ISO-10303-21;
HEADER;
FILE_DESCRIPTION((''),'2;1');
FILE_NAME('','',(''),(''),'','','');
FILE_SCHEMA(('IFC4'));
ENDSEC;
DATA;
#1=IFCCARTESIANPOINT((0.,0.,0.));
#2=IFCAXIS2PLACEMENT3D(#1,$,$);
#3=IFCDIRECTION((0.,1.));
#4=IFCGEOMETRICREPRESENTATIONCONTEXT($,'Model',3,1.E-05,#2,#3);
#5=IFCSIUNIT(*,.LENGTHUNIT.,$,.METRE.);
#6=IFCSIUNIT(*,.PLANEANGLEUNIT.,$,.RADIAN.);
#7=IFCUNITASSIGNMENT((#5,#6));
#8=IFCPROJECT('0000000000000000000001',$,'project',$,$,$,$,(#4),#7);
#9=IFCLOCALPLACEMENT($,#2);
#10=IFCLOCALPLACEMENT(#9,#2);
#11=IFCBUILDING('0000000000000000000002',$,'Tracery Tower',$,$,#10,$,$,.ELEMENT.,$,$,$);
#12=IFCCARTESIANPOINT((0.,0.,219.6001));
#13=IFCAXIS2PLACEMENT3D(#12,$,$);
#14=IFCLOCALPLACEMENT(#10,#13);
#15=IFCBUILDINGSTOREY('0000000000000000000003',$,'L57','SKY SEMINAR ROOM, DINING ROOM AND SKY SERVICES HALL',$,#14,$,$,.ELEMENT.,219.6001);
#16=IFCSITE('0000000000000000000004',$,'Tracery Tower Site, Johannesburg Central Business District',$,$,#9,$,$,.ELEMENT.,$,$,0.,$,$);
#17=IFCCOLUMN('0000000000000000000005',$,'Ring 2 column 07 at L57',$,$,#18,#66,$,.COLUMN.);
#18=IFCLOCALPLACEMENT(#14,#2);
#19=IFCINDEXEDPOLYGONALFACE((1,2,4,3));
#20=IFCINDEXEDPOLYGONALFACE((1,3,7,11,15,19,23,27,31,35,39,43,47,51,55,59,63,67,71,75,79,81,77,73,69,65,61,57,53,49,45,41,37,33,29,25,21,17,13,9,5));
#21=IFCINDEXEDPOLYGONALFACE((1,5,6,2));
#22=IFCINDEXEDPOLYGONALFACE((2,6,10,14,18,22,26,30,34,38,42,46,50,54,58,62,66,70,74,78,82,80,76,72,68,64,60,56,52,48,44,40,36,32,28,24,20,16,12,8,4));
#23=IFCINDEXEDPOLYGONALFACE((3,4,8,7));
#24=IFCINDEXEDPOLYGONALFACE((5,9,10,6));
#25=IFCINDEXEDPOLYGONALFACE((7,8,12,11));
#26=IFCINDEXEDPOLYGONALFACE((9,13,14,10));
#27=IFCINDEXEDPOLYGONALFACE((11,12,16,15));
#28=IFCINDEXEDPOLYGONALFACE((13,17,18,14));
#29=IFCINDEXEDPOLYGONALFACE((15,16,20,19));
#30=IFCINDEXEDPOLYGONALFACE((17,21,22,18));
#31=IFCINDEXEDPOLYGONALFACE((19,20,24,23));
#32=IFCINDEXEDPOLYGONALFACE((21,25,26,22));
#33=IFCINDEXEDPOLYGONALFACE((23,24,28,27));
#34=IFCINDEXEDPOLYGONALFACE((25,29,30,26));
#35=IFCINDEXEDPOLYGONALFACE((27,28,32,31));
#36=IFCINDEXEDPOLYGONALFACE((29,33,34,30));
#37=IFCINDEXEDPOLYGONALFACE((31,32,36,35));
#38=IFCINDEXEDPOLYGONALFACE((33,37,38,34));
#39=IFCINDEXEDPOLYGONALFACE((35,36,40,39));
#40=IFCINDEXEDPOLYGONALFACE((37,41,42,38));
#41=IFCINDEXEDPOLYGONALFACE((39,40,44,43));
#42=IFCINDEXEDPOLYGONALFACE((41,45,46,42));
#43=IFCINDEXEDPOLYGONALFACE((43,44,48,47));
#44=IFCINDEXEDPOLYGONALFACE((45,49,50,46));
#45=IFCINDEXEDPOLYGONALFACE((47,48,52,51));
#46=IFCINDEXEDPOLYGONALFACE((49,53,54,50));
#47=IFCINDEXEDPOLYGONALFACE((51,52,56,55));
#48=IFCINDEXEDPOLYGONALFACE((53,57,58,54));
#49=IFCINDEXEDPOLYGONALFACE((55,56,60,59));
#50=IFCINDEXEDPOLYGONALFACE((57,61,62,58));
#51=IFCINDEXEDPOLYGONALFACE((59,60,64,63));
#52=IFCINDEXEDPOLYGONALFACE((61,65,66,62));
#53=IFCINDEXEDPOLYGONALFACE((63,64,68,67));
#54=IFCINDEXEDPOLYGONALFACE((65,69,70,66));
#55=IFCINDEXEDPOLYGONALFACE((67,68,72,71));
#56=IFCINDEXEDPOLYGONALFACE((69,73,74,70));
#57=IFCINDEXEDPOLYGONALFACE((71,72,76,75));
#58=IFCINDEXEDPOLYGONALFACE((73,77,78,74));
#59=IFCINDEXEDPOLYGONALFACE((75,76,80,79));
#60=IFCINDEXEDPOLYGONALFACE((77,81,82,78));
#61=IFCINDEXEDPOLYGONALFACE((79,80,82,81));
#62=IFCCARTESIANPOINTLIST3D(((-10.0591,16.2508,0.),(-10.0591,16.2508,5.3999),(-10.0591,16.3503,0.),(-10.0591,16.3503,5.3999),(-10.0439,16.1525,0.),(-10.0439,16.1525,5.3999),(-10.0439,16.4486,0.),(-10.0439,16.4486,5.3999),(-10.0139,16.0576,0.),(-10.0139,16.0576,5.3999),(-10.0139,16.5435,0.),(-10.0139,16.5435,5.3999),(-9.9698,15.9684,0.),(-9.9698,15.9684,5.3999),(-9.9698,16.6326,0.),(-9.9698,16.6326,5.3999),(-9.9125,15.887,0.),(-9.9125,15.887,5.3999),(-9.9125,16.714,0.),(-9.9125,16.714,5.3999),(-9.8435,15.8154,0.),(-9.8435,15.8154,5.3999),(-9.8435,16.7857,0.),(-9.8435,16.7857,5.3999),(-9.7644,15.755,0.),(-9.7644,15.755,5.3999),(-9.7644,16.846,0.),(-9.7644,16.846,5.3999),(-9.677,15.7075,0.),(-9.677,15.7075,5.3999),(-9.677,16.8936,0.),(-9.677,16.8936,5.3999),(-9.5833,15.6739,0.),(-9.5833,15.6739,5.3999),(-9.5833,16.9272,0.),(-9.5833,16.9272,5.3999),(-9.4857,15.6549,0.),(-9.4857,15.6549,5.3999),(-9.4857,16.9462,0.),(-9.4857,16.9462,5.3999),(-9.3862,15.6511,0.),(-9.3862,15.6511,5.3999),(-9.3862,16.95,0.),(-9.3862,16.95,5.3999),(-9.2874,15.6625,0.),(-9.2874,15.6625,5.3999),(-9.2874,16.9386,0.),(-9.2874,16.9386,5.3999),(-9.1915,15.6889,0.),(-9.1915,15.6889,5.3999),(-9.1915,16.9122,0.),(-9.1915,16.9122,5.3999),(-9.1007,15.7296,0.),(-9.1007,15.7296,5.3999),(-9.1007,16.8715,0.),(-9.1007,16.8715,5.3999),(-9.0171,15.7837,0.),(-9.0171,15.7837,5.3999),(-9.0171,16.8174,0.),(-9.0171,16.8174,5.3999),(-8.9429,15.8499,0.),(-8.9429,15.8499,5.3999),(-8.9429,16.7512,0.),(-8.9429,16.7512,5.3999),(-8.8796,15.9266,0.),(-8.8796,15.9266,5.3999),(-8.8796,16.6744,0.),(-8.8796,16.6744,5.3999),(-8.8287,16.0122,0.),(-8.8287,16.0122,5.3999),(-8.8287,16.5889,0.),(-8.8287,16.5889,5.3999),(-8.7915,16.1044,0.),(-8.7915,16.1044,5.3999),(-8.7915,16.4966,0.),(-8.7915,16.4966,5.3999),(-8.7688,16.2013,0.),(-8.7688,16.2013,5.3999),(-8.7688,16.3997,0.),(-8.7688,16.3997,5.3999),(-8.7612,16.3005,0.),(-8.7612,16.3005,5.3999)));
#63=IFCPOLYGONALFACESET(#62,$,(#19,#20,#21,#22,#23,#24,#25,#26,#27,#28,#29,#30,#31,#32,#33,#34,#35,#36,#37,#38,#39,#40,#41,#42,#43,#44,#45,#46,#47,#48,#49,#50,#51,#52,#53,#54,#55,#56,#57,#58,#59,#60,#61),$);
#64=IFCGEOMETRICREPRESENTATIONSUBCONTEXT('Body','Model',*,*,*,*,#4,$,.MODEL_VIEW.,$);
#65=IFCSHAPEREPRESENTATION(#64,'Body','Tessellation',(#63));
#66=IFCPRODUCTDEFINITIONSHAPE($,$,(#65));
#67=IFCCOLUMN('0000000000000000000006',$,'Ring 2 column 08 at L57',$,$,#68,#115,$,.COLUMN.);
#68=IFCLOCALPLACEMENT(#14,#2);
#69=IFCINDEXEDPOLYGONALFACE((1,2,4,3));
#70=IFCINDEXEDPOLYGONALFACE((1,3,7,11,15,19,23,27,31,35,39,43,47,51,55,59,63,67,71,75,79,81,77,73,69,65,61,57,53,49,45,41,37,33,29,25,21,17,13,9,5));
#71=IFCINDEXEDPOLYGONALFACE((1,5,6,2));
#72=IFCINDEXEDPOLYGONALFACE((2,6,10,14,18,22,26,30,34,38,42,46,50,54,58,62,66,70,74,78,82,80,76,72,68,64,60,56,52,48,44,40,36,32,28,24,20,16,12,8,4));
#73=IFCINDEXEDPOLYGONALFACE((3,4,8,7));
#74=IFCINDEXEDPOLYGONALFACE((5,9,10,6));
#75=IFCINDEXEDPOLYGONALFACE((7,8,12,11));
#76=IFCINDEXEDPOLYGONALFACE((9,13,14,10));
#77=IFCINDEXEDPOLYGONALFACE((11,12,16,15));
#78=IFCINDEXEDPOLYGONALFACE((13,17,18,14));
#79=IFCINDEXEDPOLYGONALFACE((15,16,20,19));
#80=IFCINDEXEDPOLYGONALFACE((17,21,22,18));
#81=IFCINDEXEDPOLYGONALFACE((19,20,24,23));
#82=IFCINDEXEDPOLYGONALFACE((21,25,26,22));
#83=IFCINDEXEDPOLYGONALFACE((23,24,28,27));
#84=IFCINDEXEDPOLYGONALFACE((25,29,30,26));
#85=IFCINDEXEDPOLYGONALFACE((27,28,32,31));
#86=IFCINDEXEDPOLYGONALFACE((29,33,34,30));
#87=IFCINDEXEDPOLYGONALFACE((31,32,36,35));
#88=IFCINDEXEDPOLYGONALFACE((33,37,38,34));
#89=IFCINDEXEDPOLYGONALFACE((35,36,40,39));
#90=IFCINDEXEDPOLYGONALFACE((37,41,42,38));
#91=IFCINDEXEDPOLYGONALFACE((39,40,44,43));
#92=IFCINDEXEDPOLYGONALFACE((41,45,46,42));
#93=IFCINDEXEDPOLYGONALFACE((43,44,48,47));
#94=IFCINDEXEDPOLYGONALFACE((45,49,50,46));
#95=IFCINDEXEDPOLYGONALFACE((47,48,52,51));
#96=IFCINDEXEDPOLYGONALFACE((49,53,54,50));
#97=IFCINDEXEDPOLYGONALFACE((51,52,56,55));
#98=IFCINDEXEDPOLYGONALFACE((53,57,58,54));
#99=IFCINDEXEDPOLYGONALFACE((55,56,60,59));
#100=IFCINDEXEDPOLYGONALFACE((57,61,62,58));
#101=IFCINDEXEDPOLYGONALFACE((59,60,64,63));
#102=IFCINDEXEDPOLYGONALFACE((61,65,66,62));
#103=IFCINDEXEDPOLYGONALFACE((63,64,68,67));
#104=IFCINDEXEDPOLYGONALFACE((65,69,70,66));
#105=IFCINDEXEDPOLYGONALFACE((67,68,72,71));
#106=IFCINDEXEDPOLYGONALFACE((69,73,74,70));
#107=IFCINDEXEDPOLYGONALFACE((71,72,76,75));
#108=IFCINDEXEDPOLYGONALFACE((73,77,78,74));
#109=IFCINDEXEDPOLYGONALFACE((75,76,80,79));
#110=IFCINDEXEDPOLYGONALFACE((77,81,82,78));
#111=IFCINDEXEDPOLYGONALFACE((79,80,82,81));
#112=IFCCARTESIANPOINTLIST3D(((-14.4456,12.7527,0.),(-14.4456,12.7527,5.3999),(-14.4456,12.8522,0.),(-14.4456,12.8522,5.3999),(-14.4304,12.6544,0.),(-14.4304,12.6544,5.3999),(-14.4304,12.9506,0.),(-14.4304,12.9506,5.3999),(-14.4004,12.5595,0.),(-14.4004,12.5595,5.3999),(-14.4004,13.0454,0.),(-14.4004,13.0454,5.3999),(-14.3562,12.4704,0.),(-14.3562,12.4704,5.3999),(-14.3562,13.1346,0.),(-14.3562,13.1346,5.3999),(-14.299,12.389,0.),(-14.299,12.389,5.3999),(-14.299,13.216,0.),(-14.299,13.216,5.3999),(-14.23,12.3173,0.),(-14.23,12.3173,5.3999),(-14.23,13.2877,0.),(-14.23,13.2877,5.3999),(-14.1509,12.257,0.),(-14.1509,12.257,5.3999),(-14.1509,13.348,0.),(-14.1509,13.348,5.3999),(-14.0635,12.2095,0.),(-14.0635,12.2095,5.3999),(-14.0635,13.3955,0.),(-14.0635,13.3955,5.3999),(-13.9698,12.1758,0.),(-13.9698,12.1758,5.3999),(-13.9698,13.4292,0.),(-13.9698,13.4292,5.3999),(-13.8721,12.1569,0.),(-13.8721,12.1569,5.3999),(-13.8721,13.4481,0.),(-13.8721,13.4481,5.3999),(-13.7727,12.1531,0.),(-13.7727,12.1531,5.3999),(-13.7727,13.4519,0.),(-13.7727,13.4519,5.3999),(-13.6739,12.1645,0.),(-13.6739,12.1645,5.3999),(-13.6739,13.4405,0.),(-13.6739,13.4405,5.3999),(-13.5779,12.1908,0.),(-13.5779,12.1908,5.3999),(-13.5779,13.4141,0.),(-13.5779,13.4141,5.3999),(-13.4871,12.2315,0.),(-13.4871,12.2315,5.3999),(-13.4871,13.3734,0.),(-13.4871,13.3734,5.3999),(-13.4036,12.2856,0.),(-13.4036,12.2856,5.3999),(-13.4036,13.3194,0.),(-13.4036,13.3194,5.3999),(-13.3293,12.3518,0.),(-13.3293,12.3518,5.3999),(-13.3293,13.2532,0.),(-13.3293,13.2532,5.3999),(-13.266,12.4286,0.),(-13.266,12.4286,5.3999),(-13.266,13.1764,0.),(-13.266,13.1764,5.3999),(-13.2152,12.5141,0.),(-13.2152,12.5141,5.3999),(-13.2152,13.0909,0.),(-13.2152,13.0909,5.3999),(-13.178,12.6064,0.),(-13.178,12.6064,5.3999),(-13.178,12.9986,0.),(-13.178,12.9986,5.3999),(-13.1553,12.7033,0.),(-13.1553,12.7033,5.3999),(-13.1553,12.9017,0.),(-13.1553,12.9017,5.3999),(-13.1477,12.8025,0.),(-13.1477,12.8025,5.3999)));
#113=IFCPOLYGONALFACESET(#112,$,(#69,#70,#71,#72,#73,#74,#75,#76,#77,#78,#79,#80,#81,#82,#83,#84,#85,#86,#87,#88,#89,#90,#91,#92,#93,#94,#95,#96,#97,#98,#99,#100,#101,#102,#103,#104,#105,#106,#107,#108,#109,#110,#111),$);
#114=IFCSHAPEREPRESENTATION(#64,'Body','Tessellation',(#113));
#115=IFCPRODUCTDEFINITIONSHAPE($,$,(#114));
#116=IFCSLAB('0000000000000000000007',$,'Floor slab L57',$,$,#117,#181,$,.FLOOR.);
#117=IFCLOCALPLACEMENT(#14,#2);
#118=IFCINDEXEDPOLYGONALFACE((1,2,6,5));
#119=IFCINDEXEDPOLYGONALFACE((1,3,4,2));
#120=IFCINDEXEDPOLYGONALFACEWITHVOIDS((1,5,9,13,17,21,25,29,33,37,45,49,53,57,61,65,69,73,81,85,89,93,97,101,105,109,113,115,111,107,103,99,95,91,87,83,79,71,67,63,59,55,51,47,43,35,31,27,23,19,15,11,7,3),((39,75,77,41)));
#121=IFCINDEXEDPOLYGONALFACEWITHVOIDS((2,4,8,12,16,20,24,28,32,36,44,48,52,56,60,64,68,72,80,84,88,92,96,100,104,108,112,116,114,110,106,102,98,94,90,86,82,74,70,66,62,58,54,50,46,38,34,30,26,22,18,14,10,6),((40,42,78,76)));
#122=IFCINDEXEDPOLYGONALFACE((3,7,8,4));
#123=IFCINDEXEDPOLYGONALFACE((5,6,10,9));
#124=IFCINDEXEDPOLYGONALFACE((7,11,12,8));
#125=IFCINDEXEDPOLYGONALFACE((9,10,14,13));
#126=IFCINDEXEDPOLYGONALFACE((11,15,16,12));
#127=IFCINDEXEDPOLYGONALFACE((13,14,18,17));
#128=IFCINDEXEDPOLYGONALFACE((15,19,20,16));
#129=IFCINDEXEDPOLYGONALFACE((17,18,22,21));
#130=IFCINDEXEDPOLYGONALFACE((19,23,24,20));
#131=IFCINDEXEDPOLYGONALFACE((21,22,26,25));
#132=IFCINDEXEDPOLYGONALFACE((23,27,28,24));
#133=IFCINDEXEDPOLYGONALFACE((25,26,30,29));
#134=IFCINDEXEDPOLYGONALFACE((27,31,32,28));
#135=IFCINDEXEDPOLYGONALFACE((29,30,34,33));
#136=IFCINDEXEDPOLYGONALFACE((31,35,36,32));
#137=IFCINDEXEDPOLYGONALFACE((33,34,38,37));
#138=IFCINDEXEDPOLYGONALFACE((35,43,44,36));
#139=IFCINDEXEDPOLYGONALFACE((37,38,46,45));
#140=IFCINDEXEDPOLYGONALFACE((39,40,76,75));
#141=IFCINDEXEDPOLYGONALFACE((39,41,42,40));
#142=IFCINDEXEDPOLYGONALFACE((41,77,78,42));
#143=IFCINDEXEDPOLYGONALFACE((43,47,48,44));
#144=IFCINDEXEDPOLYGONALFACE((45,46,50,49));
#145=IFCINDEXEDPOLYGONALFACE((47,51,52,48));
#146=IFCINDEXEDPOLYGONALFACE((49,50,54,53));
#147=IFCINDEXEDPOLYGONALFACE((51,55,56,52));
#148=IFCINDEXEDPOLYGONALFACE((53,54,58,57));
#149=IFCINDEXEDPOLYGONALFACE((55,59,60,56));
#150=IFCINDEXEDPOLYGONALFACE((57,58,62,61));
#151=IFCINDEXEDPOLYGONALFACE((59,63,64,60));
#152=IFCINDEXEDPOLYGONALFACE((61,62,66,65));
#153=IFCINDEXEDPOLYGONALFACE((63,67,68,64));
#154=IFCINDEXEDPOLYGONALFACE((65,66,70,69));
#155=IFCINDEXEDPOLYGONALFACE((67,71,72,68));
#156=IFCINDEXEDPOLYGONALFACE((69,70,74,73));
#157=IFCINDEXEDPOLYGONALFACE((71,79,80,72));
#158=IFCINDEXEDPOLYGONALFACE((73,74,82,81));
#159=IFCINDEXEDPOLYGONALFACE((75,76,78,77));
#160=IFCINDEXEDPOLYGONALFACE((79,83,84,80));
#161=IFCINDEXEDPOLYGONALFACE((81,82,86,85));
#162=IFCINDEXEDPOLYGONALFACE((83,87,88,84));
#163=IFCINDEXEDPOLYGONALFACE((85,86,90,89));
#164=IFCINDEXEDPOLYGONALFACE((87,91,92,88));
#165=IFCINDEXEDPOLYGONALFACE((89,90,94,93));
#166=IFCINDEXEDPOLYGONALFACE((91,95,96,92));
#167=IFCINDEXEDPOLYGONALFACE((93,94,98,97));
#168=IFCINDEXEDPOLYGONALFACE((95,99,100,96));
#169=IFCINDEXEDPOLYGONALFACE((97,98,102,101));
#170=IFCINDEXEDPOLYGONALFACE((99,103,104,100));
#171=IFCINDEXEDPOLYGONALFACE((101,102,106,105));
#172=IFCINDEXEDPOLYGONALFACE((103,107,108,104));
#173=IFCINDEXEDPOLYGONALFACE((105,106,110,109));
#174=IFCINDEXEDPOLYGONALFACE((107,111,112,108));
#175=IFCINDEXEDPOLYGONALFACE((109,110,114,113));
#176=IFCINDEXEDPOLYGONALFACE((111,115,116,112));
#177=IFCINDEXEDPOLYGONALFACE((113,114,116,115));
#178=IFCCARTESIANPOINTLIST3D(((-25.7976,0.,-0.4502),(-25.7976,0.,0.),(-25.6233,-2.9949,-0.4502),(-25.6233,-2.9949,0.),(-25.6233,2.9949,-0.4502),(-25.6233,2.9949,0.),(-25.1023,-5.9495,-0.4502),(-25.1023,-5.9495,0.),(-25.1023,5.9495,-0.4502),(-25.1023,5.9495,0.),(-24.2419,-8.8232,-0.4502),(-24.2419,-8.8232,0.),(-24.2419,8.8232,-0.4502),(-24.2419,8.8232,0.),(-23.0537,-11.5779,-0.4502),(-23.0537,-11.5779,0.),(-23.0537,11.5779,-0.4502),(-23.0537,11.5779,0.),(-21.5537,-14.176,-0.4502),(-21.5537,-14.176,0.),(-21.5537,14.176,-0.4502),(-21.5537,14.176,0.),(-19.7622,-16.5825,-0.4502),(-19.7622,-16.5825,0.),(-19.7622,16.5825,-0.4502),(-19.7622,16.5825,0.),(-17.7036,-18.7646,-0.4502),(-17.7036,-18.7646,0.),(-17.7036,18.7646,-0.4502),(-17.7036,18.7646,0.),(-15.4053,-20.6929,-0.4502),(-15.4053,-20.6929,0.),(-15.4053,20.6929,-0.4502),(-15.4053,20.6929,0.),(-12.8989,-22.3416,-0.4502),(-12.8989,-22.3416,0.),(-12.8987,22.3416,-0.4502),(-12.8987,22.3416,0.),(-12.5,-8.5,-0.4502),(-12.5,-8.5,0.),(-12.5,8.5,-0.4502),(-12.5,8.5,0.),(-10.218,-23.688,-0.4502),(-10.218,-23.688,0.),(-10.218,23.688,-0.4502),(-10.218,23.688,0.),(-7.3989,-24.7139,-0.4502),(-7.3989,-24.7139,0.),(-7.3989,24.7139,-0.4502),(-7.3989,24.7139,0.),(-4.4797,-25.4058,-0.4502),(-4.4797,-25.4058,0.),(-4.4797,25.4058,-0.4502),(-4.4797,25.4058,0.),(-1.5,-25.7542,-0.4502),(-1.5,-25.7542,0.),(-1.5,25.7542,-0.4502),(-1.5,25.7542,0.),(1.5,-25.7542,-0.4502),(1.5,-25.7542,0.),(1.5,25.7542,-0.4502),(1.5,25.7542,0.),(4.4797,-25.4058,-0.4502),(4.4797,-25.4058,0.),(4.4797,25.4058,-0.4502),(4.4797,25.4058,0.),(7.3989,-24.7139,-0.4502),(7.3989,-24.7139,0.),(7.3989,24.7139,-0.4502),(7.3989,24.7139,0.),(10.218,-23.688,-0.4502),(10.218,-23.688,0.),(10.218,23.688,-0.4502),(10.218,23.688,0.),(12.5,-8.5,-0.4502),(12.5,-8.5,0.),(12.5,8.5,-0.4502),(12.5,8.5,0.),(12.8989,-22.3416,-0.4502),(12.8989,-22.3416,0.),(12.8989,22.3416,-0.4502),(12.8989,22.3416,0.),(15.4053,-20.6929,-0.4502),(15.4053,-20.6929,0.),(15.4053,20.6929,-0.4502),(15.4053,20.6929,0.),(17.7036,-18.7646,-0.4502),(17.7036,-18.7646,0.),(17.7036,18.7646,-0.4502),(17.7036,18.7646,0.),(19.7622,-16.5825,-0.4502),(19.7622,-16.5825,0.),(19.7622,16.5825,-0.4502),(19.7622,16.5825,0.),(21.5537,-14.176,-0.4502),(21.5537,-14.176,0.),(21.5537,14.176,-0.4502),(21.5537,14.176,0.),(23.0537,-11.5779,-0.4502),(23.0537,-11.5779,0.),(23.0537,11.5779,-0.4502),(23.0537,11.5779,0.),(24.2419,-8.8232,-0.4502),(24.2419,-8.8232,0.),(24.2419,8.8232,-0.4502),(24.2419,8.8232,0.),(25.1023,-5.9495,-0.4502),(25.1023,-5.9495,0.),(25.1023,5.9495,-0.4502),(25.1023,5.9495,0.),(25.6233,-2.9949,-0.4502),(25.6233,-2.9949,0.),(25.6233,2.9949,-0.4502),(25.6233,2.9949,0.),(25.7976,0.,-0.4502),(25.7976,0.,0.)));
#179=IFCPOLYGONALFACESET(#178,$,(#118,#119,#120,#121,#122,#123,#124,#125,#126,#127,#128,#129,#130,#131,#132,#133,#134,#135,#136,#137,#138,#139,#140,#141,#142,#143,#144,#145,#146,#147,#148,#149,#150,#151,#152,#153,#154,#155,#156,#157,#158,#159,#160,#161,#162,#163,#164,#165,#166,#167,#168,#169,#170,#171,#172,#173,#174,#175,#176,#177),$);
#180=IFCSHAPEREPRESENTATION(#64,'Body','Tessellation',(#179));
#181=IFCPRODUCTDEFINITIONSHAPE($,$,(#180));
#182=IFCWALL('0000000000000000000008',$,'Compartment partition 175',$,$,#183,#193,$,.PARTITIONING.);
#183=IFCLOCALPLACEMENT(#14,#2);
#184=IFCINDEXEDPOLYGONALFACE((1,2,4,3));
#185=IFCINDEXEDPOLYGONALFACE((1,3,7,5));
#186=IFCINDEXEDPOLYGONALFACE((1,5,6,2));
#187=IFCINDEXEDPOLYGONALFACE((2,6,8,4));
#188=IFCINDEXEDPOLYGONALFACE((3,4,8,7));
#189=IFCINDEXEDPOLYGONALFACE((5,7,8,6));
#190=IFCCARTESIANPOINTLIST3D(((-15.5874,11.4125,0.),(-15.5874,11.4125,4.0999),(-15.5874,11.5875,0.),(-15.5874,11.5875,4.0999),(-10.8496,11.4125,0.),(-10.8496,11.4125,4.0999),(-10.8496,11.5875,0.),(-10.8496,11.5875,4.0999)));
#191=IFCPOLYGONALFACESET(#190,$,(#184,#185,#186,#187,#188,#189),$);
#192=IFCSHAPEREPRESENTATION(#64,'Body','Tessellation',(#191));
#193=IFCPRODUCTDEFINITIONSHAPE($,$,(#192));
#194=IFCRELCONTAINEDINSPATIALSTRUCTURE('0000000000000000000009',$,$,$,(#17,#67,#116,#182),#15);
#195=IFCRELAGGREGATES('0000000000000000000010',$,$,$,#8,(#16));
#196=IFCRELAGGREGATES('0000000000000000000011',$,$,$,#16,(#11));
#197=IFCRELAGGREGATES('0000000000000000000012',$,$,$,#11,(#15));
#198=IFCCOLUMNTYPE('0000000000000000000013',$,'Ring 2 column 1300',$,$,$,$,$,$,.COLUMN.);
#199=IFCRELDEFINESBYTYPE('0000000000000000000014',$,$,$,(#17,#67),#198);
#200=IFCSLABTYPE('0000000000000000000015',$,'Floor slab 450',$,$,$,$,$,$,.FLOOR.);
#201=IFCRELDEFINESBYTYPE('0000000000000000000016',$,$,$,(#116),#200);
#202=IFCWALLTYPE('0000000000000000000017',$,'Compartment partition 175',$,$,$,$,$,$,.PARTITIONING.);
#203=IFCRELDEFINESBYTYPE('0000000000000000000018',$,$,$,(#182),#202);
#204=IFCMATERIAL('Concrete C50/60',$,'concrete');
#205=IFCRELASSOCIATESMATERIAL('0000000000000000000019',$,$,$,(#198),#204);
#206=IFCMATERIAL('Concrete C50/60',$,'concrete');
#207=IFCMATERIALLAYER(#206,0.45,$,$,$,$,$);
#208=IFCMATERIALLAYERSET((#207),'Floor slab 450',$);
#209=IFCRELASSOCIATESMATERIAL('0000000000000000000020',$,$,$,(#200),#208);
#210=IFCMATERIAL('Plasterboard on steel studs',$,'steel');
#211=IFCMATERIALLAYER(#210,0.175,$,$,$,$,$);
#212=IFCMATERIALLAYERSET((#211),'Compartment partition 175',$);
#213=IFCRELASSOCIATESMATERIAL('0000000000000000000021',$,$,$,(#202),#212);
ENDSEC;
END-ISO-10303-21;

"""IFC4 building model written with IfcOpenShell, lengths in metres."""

from ifc_helpers import new_model, si_unit, direction, frame, frame_2d, origin, origin_2d, place, context, subcontext, project, spatial, polyline, rectangle, circle, outline, extrude, material, layer, layer_set, material_profile, profile_set, type_object, element, save


model = new_model("IFC4")

# Units and contexts
model_context = context("Model", 3, precision=1e-05, world=origin(), true_north=direction((0.0, 1.0)))
body_context = subcontext(model_context, "Body", "Model", "MODEL_VIEW")
ifc_project = project(units=[si_unit("LENGTHUNIT", "METRE"), si_unit("PLANEANGLEUNIT", "RADIAN")], contexts=[model_context])

# Site, building, storey
site_placement = place(None, origin())
site = spatial("IfcSite", under=ifc_project, at=site_placement, Name="Tracery Tower Site, Johannesburg Central Business District", CompositionType="ELEMENT", RefElevation=0.0)
building_placement = place(site_placement, origin())
building = spatial("IfcBuilding", under=site, at=building_placement, Name="Tracery Tower", CompositionType="ELEMENT")
storey_placement = place(building_placement, frame((0.0, 0.0, 219.6001)))
storey = spatial("IfcBuildingStorey", under=building, at=storey_placement, Name="L57", Description="SKY SEMINAR ROOM, DINING ROOM AND SKY SERVICES HALL", CompositionType="ELEMENT", Elevation=219.6001)

# Columns
ifc_material_1 = material(Name="Concrete C50/60", Category="concrete")
ifc_material_profile = material_profile(ifc_material_1, circle(Radius=0.6499, at=origin_2d()), Name="RC D1300")
ifc_profile_set = profile_set([ifc_material_profile], Name="Concrete C50/60")
column_type = type_object("IfcColumnType", Name="Ring 2 column 1300", PredefinedType="COLUMN", material=ifc_profile_set)
for number, where, z_axis, x_axis, name in (
    (1, (-9.4111, 16.3005, 0.0), (0.0, 0.0, 1.0), (1.0, 0.0, 0.0), "Ring 2 column 07 at L57"),
    (2, (-13.7976, 12.8025, 0.0), (0.0, 0.0, 1.0), (1.0, 0.0, 0.0), "Ring 2 column 08 at L57"),
):
    element("IfcColumn", number, at=place(storey_placement, frame(where, z_axis=z_axis, x_axis=x_axis)), inside=storey, type_object=column_type, Name=name, PredefinedType="COLUMN", context=body_context, shape_type="SweptSolid", body=[
        extrude(circle(Radius=0.6499, at=origin_2d()), origin(), (0.0, 0.0, 1.0), 5.3999),
    ])

# Slab
ifc_material_2 = material(Name="Concrete C50/60", Category="concrete")
ifc_layer_1 = layer(ifc_material_2, 0.45)
ifc_layer_set_1 = layer_set([ifc_layer_1], Name="Floor slab 450")
slab_type = type_object("IfcSlabType", Name="Floor slab 450", PredefinedType="FLOOR", material=ifc_layer_set_1)
slab_placement = place(storey_placement, frame((0.0, 0.0, -0.4502)))
element("IfcSlab", 3, at=slab_placement, inside=storey, type_object=slab_type, Name="Floor slab L57", PredefinedType="FLOOR", context=body_context, shape_type="SweptSolid", body=[
    extrude(outline(polyline([(25.7976, 0.0), (25.6233, 2.9949), (25.1023, 5.9495), (24.2419, 8.8232), (23.0537, 11.5779), (21.5537, 14.176), (19.7622, 16.5825), (17.7036, 18.7646), (15.4053, 20.6929), (12.8989, 22.3416), (10.218, 23.688), (7.3989, 24.7139), (4.4797, 25.4058), (1.5, 25.7542), (-1.5, 25.7542), (-4.4797, 25.4058), (-7.3989, 24.7139), (-10.218, 23.688), (-12.8987, 22.3416), (-15.4053, 20.6929), (-17.7036, 18.7646), (-19.7622, 16.5825), (-21.5537, 14.176), (-23.0537, 11.5779), (-24.2419, 8.8232), (-25.1023, 5.9495), (-25.6233, 2.9949), (-25.7976, 0.0), (-25.6233, -2.9949), (-25.1023, -5.9495), (-24.2419, -8.8232), (-23.0537, -11.5779), (-21.5537, -14.176), (-19.7622, -16.5825), (-17.7036, -18.7646), (-15.4053, -20.6929), (-12.8989, -22.3416), (-10.218, -23.688), (-7.3989, -24.7139), (-4.4797, -25.4058), (-1.5, -25.7542), (1.5, -25.7542), (4.4797, -25.4058), (7.3989, -24.7139), (10.218, -23.688), (12.8989, -22.3416), (15.4053, -20.6929), (17.7036, -18.7646), (19.7622, -16.5825), (21.5537, -14.176), (23.0537, -11.5779), (24.2419, -8.8232), (25.1023, -5.9495), (25.6233, -2.9949), (25.7976, 0.0)]), holes=[polyline([(-12.5, -8.5), (12.5, -8.5), (12.5, 8.5), (-12.5, 8.5), (-12.5, -8.5)])]), origin(), (0.0, 0.0, 1.0), 0.4502),
])

# Wall
ifc_material_3 = material(Name="Plasterboard on steel studs", Category="steel")
ifc_layer_2 = layer(ifc_material_3, 0.175)
ifc_layer_set_2 = layer_set([ifc_layer_2], Name="Compartment partition 175")
wall_type_1 = type_object("IfcWallType", Name="Compartment partition 175", PredefinedType="PARTITIONING", material=ifc_layer_set_2)
wall_1_placement = place(storey_placement, frame((-10.8496, 11.5, 0.0), z_axis=(0.0, 0.0, 1.0), x_axis=(-1.0, 0.0, 0.0)))
element("IfcWall", 4, at=wall_1_placement, inside=storey, type_object=wall_type_1, Name="Compartment partition 175", PredefinedType="PARTITIONING", context=body_context, shape_type="SweptSolid", body=[
    extrude(rectangle(XDim=4.7378, YDim=0.175, at=frame_2d((2.3689, 0.0))), origin(), (0.0, 0.0, 1.0), 4.0999),
])

save(model, "model.ifc")
